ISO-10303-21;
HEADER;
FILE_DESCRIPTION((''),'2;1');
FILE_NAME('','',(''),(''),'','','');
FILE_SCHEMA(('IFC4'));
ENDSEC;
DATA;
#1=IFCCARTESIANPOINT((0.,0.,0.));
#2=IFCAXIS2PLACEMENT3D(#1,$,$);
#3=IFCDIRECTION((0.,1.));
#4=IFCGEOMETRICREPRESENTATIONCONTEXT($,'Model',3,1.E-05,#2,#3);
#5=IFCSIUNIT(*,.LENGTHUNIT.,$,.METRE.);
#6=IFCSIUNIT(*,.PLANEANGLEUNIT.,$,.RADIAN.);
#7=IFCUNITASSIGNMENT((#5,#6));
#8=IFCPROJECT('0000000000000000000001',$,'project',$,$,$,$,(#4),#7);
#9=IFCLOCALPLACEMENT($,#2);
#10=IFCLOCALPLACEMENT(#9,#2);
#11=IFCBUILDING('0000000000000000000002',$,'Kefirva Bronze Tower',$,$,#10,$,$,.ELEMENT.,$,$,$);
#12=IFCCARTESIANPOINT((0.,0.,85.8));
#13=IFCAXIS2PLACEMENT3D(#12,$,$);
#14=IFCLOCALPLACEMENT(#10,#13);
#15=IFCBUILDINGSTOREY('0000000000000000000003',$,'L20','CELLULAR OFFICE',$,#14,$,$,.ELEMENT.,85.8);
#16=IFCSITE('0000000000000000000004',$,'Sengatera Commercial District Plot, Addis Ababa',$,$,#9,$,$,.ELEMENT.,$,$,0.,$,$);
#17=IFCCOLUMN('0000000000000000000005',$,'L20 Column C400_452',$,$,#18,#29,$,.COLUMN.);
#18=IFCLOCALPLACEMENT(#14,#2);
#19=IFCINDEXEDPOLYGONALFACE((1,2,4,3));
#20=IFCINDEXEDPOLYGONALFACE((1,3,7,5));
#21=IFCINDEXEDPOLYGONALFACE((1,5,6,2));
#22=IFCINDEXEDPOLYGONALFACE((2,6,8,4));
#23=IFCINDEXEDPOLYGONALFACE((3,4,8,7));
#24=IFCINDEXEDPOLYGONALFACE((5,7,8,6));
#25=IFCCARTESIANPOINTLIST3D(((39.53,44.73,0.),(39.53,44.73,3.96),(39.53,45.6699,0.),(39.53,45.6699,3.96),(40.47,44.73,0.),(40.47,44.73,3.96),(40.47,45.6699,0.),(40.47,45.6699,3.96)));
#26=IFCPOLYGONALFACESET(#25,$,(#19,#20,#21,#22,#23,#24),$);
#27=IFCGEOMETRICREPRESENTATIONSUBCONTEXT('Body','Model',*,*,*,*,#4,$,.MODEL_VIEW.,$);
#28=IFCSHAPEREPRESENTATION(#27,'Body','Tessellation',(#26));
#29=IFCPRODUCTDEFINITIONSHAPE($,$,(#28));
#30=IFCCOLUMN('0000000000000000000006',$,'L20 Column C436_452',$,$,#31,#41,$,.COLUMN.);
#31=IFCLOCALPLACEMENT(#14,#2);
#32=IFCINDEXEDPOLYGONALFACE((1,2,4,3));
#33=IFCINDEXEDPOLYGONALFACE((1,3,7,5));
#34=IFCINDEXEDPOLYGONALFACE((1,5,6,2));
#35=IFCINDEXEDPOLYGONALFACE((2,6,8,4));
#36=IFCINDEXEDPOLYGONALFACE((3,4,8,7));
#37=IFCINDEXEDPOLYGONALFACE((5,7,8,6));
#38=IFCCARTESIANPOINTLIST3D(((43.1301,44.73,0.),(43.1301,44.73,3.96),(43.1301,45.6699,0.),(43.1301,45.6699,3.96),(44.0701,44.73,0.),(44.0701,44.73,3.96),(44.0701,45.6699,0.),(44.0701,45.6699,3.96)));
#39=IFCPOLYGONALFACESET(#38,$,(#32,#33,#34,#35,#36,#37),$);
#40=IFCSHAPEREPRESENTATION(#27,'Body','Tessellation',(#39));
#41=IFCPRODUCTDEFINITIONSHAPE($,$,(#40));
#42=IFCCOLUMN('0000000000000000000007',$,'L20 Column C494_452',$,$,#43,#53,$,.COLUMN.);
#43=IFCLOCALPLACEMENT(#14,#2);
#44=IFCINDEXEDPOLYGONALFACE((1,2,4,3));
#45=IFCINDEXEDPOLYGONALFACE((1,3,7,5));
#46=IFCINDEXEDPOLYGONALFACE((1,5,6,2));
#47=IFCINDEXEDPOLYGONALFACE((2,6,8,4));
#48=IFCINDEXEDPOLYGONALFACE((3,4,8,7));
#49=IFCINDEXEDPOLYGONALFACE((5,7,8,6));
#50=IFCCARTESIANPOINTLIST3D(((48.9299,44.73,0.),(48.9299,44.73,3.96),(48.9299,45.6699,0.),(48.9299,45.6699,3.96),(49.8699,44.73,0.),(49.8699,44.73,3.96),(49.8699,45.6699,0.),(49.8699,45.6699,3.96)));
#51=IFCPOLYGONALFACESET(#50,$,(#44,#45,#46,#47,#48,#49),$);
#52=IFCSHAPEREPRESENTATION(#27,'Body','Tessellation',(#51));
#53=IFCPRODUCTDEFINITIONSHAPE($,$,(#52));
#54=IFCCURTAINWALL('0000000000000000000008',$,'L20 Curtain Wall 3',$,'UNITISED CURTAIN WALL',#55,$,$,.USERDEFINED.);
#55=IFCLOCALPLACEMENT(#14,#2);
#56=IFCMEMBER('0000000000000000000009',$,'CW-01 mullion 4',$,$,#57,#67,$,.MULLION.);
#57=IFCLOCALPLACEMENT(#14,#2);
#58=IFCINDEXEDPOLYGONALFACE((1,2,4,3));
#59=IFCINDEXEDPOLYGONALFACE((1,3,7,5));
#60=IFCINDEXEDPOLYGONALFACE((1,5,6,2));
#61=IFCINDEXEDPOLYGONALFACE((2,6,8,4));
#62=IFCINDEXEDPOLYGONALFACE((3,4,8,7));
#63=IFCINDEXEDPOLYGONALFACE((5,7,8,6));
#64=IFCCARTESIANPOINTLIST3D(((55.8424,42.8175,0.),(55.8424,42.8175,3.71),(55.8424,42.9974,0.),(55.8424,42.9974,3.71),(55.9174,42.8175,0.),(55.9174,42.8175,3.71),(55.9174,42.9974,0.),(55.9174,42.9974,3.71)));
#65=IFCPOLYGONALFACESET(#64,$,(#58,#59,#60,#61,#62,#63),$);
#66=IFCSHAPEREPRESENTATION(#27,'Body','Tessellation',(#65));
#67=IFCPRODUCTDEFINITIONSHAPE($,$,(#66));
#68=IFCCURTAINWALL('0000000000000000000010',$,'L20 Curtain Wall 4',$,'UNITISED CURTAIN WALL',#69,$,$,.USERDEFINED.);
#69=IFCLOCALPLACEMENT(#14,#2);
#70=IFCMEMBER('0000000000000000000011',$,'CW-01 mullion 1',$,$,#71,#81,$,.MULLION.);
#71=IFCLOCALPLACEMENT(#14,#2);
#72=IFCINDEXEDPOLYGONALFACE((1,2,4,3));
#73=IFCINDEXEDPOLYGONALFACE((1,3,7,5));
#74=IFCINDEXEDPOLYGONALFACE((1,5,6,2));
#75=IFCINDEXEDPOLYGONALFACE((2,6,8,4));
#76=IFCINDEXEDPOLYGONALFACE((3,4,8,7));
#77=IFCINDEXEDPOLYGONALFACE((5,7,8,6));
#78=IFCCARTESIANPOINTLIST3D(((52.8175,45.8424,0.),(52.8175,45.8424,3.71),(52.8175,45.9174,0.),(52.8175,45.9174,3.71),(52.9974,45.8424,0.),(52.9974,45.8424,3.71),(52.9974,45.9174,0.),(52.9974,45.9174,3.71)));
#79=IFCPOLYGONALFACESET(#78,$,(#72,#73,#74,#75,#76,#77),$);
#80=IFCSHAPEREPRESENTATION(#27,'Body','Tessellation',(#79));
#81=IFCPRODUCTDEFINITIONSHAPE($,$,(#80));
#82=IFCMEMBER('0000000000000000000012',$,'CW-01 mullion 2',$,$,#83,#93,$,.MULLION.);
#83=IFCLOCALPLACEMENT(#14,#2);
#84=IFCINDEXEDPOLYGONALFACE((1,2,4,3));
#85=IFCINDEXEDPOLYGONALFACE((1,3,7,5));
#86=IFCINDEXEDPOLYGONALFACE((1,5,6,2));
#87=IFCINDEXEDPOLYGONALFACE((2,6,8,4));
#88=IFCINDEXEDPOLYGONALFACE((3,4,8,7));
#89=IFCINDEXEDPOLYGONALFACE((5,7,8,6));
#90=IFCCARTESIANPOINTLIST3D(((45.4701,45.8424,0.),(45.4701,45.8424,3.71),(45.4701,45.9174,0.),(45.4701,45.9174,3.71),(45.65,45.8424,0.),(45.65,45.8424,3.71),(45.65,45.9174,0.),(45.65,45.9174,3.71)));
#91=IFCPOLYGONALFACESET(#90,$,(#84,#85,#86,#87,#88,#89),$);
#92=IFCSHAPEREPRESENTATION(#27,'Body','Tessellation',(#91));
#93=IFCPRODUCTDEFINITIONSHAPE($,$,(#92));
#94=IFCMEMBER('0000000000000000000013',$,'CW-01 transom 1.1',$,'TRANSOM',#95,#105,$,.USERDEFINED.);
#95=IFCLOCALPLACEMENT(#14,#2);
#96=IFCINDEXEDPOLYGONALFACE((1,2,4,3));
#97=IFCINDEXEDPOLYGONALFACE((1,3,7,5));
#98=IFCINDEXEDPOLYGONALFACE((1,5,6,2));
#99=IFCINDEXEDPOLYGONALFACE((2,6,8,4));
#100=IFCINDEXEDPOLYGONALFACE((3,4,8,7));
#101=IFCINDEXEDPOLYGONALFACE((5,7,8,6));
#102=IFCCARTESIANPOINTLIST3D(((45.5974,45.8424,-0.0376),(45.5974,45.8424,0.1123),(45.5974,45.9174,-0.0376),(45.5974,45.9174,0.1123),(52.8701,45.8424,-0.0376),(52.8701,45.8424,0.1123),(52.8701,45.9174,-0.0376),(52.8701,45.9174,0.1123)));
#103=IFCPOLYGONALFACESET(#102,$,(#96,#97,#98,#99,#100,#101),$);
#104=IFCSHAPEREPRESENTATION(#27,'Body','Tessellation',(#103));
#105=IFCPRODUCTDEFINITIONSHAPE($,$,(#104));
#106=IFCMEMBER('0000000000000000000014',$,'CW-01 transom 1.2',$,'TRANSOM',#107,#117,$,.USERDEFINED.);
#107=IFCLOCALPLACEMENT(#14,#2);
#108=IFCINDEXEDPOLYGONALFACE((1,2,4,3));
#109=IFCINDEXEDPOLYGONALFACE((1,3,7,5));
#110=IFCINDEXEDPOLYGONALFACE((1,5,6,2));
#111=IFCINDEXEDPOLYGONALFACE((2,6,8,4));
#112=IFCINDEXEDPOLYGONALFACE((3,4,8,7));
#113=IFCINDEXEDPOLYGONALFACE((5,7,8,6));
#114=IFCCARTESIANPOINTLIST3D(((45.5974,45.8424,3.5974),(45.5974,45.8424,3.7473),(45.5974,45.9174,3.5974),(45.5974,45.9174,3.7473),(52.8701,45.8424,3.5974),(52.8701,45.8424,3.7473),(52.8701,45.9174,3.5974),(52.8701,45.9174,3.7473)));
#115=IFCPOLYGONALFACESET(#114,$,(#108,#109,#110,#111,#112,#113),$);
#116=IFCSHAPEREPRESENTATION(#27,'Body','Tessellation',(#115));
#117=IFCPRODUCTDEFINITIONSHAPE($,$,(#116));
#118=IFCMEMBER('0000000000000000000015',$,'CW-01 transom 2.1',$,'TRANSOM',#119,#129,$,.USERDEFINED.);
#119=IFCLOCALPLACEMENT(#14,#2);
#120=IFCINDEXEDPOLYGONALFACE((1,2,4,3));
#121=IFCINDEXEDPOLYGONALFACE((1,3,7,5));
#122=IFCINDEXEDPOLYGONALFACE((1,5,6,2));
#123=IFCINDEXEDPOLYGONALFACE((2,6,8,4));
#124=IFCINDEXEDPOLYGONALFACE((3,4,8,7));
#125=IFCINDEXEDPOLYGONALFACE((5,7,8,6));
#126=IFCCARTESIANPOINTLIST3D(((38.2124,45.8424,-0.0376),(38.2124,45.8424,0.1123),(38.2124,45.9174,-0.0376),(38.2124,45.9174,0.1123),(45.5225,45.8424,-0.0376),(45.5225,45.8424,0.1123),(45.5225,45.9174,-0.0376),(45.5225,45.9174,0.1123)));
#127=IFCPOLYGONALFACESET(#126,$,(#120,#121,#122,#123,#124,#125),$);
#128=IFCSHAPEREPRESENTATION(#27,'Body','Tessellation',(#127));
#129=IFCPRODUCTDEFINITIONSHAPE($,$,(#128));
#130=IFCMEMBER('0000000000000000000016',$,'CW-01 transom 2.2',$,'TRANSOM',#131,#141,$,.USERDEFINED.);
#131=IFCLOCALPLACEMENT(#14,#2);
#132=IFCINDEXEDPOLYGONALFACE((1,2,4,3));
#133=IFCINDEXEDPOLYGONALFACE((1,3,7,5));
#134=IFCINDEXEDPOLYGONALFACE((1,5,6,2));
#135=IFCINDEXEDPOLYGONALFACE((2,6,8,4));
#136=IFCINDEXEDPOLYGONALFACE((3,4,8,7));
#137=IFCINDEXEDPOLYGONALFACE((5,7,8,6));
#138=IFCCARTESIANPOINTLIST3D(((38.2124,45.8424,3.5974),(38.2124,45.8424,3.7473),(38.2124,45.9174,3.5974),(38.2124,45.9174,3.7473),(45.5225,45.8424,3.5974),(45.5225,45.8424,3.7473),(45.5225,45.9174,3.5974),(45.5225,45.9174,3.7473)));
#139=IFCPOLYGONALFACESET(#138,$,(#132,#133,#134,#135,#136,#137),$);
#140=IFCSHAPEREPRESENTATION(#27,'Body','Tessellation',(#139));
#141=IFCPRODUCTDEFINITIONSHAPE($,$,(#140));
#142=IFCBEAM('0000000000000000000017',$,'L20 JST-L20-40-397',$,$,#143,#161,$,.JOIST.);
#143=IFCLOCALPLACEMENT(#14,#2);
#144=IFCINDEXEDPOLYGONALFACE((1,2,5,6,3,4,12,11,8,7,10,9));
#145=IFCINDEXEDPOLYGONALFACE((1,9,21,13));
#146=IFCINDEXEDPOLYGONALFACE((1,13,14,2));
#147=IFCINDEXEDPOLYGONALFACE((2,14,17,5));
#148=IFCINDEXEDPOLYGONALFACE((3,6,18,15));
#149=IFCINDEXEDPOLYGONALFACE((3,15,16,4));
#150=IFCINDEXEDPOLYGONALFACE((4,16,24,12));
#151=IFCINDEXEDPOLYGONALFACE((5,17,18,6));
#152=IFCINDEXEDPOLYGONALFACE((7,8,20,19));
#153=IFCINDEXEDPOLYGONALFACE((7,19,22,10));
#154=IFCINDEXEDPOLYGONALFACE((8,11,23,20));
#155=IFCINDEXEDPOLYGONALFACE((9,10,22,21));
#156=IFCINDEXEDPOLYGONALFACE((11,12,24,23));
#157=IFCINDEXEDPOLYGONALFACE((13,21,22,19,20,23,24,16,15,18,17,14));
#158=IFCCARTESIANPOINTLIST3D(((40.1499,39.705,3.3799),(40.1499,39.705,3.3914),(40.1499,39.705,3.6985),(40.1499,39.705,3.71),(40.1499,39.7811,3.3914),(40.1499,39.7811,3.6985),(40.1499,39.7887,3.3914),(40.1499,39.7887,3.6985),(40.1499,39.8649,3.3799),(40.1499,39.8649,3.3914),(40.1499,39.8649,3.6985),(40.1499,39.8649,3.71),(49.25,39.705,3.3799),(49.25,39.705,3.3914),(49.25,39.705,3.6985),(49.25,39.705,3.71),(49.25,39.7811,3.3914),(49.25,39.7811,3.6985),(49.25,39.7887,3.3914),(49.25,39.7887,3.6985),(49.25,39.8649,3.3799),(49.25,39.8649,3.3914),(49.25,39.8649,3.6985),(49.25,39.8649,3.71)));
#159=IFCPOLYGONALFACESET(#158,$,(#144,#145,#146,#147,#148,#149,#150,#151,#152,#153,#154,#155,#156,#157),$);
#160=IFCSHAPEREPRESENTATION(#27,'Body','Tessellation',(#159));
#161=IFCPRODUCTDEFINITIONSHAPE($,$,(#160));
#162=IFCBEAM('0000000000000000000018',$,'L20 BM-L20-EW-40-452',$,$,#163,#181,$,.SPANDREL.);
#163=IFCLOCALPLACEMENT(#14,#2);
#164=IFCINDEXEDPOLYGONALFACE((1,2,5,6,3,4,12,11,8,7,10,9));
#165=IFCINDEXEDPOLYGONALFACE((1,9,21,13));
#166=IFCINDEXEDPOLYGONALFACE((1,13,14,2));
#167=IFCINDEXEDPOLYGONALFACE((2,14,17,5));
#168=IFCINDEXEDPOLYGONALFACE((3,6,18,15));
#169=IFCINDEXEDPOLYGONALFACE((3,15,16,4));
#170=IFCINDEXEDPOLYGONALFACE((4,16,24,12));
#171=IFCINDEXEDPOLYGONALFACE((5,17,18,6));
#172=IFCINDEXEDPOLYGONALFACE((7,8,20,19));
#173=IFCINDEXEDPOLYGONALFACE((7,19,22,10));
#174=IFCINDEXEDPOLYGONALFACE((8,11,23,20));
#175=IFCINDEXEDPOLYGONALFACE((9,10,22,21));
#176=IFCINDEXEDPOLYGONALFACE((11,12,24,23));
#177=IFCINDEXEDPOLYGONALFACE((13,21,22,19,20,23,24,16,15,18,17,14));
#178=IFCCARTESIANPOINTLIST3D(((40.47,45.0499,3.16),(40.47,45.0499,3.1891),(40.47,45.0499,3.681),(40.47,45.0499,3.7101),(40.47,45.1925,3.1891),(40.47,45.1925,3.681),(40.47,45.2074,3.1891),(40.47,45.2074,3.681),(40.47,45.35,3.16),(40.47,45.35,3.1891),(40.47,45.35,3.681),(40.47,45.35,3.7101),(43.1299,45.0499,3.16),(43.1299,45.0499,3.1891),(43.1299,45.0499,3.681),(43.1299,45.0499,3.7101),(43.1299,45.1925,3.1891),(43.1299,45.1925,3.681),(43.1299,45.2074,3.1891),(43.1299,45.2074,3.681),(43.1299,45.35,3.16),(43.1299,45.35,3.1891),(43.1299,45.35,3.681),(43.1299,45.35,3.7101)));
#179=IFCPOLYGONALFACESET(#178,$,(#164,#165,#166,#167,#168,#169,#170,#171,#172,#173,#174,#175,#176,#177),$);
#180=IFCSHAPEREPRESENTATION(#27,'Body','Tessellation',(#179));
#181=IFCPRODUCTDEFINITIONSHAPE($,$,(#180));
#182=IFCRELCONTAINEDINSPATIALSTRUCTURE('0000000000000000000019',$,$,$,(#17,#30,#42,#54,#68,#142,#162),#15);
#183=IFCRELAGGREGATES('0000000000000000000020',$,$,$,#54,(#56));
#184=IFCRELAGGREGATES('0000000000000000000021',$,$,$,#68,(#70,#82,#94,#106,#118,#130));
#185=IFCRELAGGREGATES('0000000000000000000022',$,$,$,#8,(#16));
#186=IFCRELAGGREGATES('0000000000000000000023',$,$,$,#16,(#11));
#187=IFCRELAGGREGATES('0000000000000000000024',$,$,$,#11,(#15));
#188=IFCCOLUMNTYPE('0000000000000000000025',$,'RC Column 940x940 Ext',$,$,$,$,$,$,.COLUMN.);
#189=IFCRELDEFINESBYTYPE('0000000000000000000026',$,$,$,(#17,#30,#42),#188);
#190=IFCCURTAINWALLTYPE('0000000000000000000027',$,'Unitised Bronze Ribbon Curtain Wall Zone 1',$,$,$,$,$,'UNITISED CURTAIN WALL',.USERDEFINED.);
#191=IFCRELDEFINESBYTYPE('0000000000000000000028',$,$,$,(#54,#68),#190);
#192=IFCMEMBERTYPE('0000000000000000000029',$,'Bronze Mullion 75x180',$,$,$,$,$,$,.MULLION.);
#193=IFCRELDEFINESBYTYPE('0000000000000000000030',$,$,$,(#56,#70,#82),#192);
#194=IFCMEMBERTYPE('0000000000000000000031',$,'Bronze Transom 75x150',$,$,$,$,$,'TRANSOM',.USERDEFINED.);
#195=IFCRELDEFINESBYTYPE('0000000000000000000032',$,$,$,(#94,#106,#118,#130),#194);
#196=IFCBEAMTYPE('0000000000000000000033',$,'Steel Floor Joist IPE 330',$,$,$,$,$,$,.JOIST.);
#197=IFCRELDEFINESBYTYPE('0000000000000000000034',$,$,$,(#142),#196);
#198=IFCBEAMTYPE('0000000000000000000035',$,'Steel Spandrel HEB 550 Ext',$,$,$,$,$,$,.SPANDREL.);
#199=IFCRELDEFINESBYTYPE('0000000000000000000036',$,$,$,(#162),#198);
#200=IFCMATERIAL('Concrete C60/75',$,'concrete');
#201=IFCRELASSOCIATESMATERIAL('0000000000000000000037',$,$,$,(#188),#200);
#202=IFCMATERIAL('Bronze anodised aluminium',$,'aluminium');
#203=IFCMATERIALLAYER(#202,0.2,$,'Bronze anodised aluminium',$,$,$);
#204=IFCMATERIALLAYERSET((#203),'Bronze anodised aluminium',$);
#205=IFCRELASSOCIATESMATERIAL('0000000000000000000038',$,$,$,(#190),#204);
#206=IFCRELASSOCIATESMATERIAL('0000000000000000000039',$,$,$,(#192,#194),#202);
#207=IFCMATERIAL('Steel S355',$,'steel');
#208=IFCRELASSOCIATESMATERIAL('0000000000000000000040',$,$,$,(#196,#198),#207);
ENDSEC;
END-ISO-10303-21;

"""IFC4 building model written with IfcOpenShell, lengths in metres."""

from ifc_helpers import new_model, si_unit, direction, frame, origin, origin_2d, place, context, subcontext, project, spatial, rectangle, i_section, extrude, material, layer, layer_set, material_profile, profile_set, type_object, element, aggregate, save


model = new_model("IFC4")

# Units and contexts
model_context = context("Model", 3, precision=1e-05, world=origin(), true_north=direction((0.0, 1.0)))
body_context = subcontext(model_context, "Body", "Model", "MODEL_VIEW")
ifc_project = project(units=[si_unit("LENGTHUNIT", "METRE"), si_unit("PLANEANGLEUNIT", "RADIAN")], contexts=[model_context])

# Site, building, storey
site_placement = place(None, origin())
site = spatial("IfcSite", under=ifc_project, at=site_placement, Name="Sengatera Commercial District Plot, Addis Ababa", CompositionType="ELEMENT", RefElevation=0.0)
building_placement = place(site_placement, origin())
building = spatial("IfcBuilding", under=site, at=building_placement, Name="Kefirva Bronze Tower", CompositionType="ELEMENT")
storey_placement = place(building_placement, frame((0.0, 0.0, 85.8)))
storey = spatial("IfcBuildingStorey", under=building, at=storey_placement, Name="L20", Description="CELLULAR OFFICE", CompositionType="ELEMENT", Elevation=85.8)

# Columns
ifc_material_1 = material(Name="Concrete C60/75", Category="concrete")
ifc_material_profile_1 = material_profile(ifc_material_1, rectangle(XDim=0.9399, YDim=0.9399, at=origin_2d()), Name="RC 940x940")
ifc_profile_set_1 = profile_set([ifc_material_profile_1], Name="Concrete C60/75")
column_type = type_object("IfcColumnType", Name="RC Column 940x940 Ext", PredefinedType="COLUMN", material=ifc_profile_set_1)
for number, where, z_axis, x_axis, name in (
    (1, (40.0, 45.2, 0.0), (0.0, 0.0, 1.0), (1.0, 0.0, 0.0), "L20 Column C400_452"),
    (2, (43.6001, 45.2, 0.0), (0.0, 0.0, 1.0), (1.0, 0.0, 0.0), "L20 Column C436_452"),
    (3, (49.3999, 45.2, 0.0), (0.0, 0.0, 1.0), (1.0, 0.0, 0.0), "L20 Column C494_452"),
):
    element("IfcColumn", number, at=place(storey_placement, frame(where, z_axis=z_axis, x_axis=x_axis)), inside=storey, type_object=column_type, Name=name, PredefinedType="COLUMN", context=body_context, shape_type="SweptSolid", body=[
        extrude(rectangle(XDim=0.9399, YDim=0.9399, at=origin_2d()), origin(), (0.0, 0.0, 1.0), 3.96),
    ])

# Curtain wall, member
ifc_material_2 = material(Name="Bronze anodised aluminium", Category="aluminium")
ifc_layer_1 = layer(ifc_material_2, 0.2, Name="Bronze anodised aluminium")
ifc_layer_set_1 = layer_set([ifc_layer_1], Name="Bronze anodised aluminium")
curtain_wall_type = type_object("IfcCurtainWallType", Name="Unitised Bronze Ribbon Curtain Wall Zone 1", ElementType="UNITISED CURTAIN WALL", PredefinedType="USERDEFINED", material=ifc_layer_set_1)
curtain_wall_1_placement = place(storey_placement, origin())
curtain_wall_1 = element("IfcCurtainWall", 4, at=curtain_wall_1_placement, inside=storey, type_object=curtain_wall_type, Name="L20 Curtain Wall 3", ObjectType="UNITISED CURTAIN WALL", PredefinedType="USERDEFINED")
ifc_material_profile_2 = material_profile(ifc_material_2, rectangle(XDim=0.075, YDim=0.1799, at=origin_2d()), Name="ALU 75x180")
ifc_profile_set_2 = profile_set([ifc_material_profile_2], Name="Bronze anodised aluminium")
member_type_1 = type_object("IfcMemberType", Name="Bronze Mullion 75x180", PredefinedType="MULLION", material=ifc_profile_set_2)
member_1_placement = place(storey_placement, frame((55.8799, 42.9075, 0.0), z_axis=(0.0, 0.0, 1.0), x_axis=(-1.0, 0.0, 0.0)))
member_1 = element("IfcMember", 5, at=member_1_placement, type_object=member_type_1, Name="CW-01 mullion 4", PredefinedType="MULLION", context=body_context, shape_type="SweptSolid", body=[
    extrude(rectangle(XDim=0.075, YDim=0.1799, at=origin_2d()), origin(), (0.0, 0.0, 1.0), 3.71),
])

# Curtain wall, members
curtain_wall_2_placement = place(storey_placement, origin())
curtain_wall_2 = element("IfcCurtainWall", 6, at=curtain_wall_2_placement, inside=storey, type_object=curtain_wall_type, Name="L20 Curtain Wall 4", ObjectType="UNITISED CURTAIN WALL", PredefinedType="USERDEFINED")
member_2_placement = place(storey_placement, frame((52.9075, 45.8799, 0.0), z_axis=(0.0, 0.0, 1.0), x_axis=(0.0, -1.0, 0.0)))
member_2 = element("IfcMember", 7, at=member_2_placement, type_object=member_type_1, Name="CW-01 mullion 1", PredefinedType="MULLION", context=body_context, shape_type="SweptSolid", body=[
    extrude(rectangle(XDim=0.075, YDim=0.1799, at=origin_2d()), origin(), (0.0, 0.0, 1.0), 3.71),
])
member_3_placement = place(storey_placement, frame((45.5601, 45.8799, 0.0), z_axis=(0.0, 0.0, 1.0), x_axis=(0.0, -1.0, 0.0)))
member_3 = element("IfcMember", 8, at=member_3_placement, type_object=member_type_1, Name="CW-01 mullion 2", PredefinedType="MULLION", context=body_context, shape_type="SweptSolid", body=[
    extrude(rectangle(XDim=0.075, YDim=0.1799, at=origin_2d()), origin(), (0.0, 0.0, 1.0), 3.71),
])
ifc_material_profile_3 = material_profile(ifc_material_2, rectangle(XDim=0.075, YDim=0.1499, at=origin_2d()), Name="ALU 75x150")
ifc_profile_set_3 = profile_set([ifc_material_profile_3], Name="Bronze anodised aluminium")
member_type_2 = type_object("IfcMemberType", Name="Bronze Transom 75x150", ElementType="TRANSOM", PredefinedType="USERDEFINED", material=ifc_profile_set_3)
member_4_placement = place(storey_placement, frame((52.8701, 45.8799, 0.0374), z_axis=(-1.0, 0.0, 0.0), x_axis=(0.0, -1.0, 0.0)))
member_4 = element("IfcMember", 9, at=member_4_placement, type_object=member_type_2, Name="CW-01 transom 1.1", ObjectType="TRANSOM", PredefinedType="USERDEFINED", context=body_context, shape_type="SweptSolid", body=[
    extrude(rectangle(XDim=0.075, YDim=0.1499, at=origin_2d()), origin(), (0.0, 0.0, 1.0), 7.2727),
])
member_5_placement = place(storey_placement, frame((52.8701, 45.8799, 3.6724), z_axis=(-1.0, 0.0, 0.0), x_axis=(0.0, -1.0, 0.0)))
member_5 = element("IfcMember", 10, at=member_5_placement, type_object=member_type_2, Name="CW-01 transom 1.2", ObjectType="TRANSOM", PredefinedType="USERDEFINED", context=body_context, shape_type="SweptSolid", body=[
    extrude(rectangle(XDim=0.075, YDim=0.1499, at=origin_2d()), origin(), (0.0, 0.0, 1.0), 7.2727),
])
member_6_placement = place(storey_placement, frame((45.5225, 45.8799, 0.0374), z_axis=(-1.0, 0.0, 0.0), x_axis=(0.0, -1.0, 0.0)))
member_6 = element("IfcMember", 11, at=member_6_placement, type_object=member_type_2, Name="CW-01 transom 2.1", ObjectType="TRANSOM", PredefinedType="USERDEFINED", context=body_context, shape_type="SweptSolid", body=[
    extrude(rectangle(XDim=0.075, YDim=0.1499, at=origin_2d()), origin(), (0.0, 0.0, 1.0), 7.3101),
])
member_7_placement = place(storey_placement, frame((45.5225, 45.8799, 3.6724), z_axis=(-1.0, 0.0, 0.0), x_axis=(0.0, -1.0, 0.0)))
member_7 = element("IfcMember", 12, at=member_7_placement, type_object=member_type_2, Name="CW-01 transom 2.2", ObjectType="TRANSOM", PredefinedType="USERDEFINED", context=body_context, shape_type="SweptSolid", body=[
    extrude(rectangle(XDim=0.075, YDim=0.1499, at=origin_2d()), origin(), (0.0, 0.0, 1.0), 7.3101),
])

# Beams
ifc_material_3 = material(Name="Steel S355", Category="steel")
ifc_material_profile_4 = material_profile(ifc_material_3, i_section(OverallWidth=0.1599, OverallDepth=0.3301, WebThickness=0.0076, FlangeThickness=0.0115, at=origin_2d()), Name="IPE 330")
ifc_profile_set_4 = profile_set([ifc_material_profile_4], Name="Steel S355")
beam_type_1 = type_object("IfcBeamType", Name="Steel Floor Joist IPE 330", PredefinedType="JOIST", material=ifc_profile_set_4)
beam_1_placement = place(storey_placement, frame((40.1499, 39.7849, 3.5449), z_axis=(1.0, 0.0, 0.0), x_axis=(0.0, 1.0, 0.0)))
element("IfcBeam", 13, at=beam_1_placement, inside=storey, type_object=beam_type_1, Name="L20 JST-L20-40-397", PredefinedType="JOIST", context=body_context, shape_type="SweptSolid", body=[
    extrude(i_section(OverallWidth=0.1599, OverallDepth=0.3301, WebThickness=0.0076, FlangeThickness=0.0115, at=origin_2d()), origin(), (0.0, 0.0, 1.0), 9.1001),
])
ifc_material_profile_5 = material_profile(ifc_material_3, i_section(OverallWidth=0.3, OverallDepth=0.55, WebThickness=0.0149, FlangeThickness=0.0291, at=origin_2d()), Name="HEB 550")
ifc_profile_set_5 = profile_set([ifc_material_profile_5], Name="Steel S355")
beam_type_2 = type_object("IfcBeamType", Name="Steel Spandrel HEB 550 Ext", PredefinedType="SPANDREL", material=ifc_profile_set_5)
beam_2_placement = place(storey_placement, frame((40.47, 45.2, 3.4351), z_axis=(1.0, 0.0, 0.0), x_axis=(0.0, 1.0, 0.0)))
element("IfcBeam", 14, at=beam_2_placement, inside=storey, type_object=beam_type_2, Name="L20 BM-L20-EW-40-452", PredefinedType="SPANDREL", context=body_context, shape_type="SweptSolid", body=[
    extrude(i_section(OverallWidth=0.3, OverallDepth=0.55, WebThickness=0.0149, FlangeThickness=0.0291, at=origin_2d()), origin(), (0.0, 0.0, 1.0), 2.6599),
])

aggregate(curtain_wall_1, [member_1])
aggregate(curtain_wall_2, [member_2, member_3, member_4, member_5, member_6, member_7])

save(model, "model.ifc")
